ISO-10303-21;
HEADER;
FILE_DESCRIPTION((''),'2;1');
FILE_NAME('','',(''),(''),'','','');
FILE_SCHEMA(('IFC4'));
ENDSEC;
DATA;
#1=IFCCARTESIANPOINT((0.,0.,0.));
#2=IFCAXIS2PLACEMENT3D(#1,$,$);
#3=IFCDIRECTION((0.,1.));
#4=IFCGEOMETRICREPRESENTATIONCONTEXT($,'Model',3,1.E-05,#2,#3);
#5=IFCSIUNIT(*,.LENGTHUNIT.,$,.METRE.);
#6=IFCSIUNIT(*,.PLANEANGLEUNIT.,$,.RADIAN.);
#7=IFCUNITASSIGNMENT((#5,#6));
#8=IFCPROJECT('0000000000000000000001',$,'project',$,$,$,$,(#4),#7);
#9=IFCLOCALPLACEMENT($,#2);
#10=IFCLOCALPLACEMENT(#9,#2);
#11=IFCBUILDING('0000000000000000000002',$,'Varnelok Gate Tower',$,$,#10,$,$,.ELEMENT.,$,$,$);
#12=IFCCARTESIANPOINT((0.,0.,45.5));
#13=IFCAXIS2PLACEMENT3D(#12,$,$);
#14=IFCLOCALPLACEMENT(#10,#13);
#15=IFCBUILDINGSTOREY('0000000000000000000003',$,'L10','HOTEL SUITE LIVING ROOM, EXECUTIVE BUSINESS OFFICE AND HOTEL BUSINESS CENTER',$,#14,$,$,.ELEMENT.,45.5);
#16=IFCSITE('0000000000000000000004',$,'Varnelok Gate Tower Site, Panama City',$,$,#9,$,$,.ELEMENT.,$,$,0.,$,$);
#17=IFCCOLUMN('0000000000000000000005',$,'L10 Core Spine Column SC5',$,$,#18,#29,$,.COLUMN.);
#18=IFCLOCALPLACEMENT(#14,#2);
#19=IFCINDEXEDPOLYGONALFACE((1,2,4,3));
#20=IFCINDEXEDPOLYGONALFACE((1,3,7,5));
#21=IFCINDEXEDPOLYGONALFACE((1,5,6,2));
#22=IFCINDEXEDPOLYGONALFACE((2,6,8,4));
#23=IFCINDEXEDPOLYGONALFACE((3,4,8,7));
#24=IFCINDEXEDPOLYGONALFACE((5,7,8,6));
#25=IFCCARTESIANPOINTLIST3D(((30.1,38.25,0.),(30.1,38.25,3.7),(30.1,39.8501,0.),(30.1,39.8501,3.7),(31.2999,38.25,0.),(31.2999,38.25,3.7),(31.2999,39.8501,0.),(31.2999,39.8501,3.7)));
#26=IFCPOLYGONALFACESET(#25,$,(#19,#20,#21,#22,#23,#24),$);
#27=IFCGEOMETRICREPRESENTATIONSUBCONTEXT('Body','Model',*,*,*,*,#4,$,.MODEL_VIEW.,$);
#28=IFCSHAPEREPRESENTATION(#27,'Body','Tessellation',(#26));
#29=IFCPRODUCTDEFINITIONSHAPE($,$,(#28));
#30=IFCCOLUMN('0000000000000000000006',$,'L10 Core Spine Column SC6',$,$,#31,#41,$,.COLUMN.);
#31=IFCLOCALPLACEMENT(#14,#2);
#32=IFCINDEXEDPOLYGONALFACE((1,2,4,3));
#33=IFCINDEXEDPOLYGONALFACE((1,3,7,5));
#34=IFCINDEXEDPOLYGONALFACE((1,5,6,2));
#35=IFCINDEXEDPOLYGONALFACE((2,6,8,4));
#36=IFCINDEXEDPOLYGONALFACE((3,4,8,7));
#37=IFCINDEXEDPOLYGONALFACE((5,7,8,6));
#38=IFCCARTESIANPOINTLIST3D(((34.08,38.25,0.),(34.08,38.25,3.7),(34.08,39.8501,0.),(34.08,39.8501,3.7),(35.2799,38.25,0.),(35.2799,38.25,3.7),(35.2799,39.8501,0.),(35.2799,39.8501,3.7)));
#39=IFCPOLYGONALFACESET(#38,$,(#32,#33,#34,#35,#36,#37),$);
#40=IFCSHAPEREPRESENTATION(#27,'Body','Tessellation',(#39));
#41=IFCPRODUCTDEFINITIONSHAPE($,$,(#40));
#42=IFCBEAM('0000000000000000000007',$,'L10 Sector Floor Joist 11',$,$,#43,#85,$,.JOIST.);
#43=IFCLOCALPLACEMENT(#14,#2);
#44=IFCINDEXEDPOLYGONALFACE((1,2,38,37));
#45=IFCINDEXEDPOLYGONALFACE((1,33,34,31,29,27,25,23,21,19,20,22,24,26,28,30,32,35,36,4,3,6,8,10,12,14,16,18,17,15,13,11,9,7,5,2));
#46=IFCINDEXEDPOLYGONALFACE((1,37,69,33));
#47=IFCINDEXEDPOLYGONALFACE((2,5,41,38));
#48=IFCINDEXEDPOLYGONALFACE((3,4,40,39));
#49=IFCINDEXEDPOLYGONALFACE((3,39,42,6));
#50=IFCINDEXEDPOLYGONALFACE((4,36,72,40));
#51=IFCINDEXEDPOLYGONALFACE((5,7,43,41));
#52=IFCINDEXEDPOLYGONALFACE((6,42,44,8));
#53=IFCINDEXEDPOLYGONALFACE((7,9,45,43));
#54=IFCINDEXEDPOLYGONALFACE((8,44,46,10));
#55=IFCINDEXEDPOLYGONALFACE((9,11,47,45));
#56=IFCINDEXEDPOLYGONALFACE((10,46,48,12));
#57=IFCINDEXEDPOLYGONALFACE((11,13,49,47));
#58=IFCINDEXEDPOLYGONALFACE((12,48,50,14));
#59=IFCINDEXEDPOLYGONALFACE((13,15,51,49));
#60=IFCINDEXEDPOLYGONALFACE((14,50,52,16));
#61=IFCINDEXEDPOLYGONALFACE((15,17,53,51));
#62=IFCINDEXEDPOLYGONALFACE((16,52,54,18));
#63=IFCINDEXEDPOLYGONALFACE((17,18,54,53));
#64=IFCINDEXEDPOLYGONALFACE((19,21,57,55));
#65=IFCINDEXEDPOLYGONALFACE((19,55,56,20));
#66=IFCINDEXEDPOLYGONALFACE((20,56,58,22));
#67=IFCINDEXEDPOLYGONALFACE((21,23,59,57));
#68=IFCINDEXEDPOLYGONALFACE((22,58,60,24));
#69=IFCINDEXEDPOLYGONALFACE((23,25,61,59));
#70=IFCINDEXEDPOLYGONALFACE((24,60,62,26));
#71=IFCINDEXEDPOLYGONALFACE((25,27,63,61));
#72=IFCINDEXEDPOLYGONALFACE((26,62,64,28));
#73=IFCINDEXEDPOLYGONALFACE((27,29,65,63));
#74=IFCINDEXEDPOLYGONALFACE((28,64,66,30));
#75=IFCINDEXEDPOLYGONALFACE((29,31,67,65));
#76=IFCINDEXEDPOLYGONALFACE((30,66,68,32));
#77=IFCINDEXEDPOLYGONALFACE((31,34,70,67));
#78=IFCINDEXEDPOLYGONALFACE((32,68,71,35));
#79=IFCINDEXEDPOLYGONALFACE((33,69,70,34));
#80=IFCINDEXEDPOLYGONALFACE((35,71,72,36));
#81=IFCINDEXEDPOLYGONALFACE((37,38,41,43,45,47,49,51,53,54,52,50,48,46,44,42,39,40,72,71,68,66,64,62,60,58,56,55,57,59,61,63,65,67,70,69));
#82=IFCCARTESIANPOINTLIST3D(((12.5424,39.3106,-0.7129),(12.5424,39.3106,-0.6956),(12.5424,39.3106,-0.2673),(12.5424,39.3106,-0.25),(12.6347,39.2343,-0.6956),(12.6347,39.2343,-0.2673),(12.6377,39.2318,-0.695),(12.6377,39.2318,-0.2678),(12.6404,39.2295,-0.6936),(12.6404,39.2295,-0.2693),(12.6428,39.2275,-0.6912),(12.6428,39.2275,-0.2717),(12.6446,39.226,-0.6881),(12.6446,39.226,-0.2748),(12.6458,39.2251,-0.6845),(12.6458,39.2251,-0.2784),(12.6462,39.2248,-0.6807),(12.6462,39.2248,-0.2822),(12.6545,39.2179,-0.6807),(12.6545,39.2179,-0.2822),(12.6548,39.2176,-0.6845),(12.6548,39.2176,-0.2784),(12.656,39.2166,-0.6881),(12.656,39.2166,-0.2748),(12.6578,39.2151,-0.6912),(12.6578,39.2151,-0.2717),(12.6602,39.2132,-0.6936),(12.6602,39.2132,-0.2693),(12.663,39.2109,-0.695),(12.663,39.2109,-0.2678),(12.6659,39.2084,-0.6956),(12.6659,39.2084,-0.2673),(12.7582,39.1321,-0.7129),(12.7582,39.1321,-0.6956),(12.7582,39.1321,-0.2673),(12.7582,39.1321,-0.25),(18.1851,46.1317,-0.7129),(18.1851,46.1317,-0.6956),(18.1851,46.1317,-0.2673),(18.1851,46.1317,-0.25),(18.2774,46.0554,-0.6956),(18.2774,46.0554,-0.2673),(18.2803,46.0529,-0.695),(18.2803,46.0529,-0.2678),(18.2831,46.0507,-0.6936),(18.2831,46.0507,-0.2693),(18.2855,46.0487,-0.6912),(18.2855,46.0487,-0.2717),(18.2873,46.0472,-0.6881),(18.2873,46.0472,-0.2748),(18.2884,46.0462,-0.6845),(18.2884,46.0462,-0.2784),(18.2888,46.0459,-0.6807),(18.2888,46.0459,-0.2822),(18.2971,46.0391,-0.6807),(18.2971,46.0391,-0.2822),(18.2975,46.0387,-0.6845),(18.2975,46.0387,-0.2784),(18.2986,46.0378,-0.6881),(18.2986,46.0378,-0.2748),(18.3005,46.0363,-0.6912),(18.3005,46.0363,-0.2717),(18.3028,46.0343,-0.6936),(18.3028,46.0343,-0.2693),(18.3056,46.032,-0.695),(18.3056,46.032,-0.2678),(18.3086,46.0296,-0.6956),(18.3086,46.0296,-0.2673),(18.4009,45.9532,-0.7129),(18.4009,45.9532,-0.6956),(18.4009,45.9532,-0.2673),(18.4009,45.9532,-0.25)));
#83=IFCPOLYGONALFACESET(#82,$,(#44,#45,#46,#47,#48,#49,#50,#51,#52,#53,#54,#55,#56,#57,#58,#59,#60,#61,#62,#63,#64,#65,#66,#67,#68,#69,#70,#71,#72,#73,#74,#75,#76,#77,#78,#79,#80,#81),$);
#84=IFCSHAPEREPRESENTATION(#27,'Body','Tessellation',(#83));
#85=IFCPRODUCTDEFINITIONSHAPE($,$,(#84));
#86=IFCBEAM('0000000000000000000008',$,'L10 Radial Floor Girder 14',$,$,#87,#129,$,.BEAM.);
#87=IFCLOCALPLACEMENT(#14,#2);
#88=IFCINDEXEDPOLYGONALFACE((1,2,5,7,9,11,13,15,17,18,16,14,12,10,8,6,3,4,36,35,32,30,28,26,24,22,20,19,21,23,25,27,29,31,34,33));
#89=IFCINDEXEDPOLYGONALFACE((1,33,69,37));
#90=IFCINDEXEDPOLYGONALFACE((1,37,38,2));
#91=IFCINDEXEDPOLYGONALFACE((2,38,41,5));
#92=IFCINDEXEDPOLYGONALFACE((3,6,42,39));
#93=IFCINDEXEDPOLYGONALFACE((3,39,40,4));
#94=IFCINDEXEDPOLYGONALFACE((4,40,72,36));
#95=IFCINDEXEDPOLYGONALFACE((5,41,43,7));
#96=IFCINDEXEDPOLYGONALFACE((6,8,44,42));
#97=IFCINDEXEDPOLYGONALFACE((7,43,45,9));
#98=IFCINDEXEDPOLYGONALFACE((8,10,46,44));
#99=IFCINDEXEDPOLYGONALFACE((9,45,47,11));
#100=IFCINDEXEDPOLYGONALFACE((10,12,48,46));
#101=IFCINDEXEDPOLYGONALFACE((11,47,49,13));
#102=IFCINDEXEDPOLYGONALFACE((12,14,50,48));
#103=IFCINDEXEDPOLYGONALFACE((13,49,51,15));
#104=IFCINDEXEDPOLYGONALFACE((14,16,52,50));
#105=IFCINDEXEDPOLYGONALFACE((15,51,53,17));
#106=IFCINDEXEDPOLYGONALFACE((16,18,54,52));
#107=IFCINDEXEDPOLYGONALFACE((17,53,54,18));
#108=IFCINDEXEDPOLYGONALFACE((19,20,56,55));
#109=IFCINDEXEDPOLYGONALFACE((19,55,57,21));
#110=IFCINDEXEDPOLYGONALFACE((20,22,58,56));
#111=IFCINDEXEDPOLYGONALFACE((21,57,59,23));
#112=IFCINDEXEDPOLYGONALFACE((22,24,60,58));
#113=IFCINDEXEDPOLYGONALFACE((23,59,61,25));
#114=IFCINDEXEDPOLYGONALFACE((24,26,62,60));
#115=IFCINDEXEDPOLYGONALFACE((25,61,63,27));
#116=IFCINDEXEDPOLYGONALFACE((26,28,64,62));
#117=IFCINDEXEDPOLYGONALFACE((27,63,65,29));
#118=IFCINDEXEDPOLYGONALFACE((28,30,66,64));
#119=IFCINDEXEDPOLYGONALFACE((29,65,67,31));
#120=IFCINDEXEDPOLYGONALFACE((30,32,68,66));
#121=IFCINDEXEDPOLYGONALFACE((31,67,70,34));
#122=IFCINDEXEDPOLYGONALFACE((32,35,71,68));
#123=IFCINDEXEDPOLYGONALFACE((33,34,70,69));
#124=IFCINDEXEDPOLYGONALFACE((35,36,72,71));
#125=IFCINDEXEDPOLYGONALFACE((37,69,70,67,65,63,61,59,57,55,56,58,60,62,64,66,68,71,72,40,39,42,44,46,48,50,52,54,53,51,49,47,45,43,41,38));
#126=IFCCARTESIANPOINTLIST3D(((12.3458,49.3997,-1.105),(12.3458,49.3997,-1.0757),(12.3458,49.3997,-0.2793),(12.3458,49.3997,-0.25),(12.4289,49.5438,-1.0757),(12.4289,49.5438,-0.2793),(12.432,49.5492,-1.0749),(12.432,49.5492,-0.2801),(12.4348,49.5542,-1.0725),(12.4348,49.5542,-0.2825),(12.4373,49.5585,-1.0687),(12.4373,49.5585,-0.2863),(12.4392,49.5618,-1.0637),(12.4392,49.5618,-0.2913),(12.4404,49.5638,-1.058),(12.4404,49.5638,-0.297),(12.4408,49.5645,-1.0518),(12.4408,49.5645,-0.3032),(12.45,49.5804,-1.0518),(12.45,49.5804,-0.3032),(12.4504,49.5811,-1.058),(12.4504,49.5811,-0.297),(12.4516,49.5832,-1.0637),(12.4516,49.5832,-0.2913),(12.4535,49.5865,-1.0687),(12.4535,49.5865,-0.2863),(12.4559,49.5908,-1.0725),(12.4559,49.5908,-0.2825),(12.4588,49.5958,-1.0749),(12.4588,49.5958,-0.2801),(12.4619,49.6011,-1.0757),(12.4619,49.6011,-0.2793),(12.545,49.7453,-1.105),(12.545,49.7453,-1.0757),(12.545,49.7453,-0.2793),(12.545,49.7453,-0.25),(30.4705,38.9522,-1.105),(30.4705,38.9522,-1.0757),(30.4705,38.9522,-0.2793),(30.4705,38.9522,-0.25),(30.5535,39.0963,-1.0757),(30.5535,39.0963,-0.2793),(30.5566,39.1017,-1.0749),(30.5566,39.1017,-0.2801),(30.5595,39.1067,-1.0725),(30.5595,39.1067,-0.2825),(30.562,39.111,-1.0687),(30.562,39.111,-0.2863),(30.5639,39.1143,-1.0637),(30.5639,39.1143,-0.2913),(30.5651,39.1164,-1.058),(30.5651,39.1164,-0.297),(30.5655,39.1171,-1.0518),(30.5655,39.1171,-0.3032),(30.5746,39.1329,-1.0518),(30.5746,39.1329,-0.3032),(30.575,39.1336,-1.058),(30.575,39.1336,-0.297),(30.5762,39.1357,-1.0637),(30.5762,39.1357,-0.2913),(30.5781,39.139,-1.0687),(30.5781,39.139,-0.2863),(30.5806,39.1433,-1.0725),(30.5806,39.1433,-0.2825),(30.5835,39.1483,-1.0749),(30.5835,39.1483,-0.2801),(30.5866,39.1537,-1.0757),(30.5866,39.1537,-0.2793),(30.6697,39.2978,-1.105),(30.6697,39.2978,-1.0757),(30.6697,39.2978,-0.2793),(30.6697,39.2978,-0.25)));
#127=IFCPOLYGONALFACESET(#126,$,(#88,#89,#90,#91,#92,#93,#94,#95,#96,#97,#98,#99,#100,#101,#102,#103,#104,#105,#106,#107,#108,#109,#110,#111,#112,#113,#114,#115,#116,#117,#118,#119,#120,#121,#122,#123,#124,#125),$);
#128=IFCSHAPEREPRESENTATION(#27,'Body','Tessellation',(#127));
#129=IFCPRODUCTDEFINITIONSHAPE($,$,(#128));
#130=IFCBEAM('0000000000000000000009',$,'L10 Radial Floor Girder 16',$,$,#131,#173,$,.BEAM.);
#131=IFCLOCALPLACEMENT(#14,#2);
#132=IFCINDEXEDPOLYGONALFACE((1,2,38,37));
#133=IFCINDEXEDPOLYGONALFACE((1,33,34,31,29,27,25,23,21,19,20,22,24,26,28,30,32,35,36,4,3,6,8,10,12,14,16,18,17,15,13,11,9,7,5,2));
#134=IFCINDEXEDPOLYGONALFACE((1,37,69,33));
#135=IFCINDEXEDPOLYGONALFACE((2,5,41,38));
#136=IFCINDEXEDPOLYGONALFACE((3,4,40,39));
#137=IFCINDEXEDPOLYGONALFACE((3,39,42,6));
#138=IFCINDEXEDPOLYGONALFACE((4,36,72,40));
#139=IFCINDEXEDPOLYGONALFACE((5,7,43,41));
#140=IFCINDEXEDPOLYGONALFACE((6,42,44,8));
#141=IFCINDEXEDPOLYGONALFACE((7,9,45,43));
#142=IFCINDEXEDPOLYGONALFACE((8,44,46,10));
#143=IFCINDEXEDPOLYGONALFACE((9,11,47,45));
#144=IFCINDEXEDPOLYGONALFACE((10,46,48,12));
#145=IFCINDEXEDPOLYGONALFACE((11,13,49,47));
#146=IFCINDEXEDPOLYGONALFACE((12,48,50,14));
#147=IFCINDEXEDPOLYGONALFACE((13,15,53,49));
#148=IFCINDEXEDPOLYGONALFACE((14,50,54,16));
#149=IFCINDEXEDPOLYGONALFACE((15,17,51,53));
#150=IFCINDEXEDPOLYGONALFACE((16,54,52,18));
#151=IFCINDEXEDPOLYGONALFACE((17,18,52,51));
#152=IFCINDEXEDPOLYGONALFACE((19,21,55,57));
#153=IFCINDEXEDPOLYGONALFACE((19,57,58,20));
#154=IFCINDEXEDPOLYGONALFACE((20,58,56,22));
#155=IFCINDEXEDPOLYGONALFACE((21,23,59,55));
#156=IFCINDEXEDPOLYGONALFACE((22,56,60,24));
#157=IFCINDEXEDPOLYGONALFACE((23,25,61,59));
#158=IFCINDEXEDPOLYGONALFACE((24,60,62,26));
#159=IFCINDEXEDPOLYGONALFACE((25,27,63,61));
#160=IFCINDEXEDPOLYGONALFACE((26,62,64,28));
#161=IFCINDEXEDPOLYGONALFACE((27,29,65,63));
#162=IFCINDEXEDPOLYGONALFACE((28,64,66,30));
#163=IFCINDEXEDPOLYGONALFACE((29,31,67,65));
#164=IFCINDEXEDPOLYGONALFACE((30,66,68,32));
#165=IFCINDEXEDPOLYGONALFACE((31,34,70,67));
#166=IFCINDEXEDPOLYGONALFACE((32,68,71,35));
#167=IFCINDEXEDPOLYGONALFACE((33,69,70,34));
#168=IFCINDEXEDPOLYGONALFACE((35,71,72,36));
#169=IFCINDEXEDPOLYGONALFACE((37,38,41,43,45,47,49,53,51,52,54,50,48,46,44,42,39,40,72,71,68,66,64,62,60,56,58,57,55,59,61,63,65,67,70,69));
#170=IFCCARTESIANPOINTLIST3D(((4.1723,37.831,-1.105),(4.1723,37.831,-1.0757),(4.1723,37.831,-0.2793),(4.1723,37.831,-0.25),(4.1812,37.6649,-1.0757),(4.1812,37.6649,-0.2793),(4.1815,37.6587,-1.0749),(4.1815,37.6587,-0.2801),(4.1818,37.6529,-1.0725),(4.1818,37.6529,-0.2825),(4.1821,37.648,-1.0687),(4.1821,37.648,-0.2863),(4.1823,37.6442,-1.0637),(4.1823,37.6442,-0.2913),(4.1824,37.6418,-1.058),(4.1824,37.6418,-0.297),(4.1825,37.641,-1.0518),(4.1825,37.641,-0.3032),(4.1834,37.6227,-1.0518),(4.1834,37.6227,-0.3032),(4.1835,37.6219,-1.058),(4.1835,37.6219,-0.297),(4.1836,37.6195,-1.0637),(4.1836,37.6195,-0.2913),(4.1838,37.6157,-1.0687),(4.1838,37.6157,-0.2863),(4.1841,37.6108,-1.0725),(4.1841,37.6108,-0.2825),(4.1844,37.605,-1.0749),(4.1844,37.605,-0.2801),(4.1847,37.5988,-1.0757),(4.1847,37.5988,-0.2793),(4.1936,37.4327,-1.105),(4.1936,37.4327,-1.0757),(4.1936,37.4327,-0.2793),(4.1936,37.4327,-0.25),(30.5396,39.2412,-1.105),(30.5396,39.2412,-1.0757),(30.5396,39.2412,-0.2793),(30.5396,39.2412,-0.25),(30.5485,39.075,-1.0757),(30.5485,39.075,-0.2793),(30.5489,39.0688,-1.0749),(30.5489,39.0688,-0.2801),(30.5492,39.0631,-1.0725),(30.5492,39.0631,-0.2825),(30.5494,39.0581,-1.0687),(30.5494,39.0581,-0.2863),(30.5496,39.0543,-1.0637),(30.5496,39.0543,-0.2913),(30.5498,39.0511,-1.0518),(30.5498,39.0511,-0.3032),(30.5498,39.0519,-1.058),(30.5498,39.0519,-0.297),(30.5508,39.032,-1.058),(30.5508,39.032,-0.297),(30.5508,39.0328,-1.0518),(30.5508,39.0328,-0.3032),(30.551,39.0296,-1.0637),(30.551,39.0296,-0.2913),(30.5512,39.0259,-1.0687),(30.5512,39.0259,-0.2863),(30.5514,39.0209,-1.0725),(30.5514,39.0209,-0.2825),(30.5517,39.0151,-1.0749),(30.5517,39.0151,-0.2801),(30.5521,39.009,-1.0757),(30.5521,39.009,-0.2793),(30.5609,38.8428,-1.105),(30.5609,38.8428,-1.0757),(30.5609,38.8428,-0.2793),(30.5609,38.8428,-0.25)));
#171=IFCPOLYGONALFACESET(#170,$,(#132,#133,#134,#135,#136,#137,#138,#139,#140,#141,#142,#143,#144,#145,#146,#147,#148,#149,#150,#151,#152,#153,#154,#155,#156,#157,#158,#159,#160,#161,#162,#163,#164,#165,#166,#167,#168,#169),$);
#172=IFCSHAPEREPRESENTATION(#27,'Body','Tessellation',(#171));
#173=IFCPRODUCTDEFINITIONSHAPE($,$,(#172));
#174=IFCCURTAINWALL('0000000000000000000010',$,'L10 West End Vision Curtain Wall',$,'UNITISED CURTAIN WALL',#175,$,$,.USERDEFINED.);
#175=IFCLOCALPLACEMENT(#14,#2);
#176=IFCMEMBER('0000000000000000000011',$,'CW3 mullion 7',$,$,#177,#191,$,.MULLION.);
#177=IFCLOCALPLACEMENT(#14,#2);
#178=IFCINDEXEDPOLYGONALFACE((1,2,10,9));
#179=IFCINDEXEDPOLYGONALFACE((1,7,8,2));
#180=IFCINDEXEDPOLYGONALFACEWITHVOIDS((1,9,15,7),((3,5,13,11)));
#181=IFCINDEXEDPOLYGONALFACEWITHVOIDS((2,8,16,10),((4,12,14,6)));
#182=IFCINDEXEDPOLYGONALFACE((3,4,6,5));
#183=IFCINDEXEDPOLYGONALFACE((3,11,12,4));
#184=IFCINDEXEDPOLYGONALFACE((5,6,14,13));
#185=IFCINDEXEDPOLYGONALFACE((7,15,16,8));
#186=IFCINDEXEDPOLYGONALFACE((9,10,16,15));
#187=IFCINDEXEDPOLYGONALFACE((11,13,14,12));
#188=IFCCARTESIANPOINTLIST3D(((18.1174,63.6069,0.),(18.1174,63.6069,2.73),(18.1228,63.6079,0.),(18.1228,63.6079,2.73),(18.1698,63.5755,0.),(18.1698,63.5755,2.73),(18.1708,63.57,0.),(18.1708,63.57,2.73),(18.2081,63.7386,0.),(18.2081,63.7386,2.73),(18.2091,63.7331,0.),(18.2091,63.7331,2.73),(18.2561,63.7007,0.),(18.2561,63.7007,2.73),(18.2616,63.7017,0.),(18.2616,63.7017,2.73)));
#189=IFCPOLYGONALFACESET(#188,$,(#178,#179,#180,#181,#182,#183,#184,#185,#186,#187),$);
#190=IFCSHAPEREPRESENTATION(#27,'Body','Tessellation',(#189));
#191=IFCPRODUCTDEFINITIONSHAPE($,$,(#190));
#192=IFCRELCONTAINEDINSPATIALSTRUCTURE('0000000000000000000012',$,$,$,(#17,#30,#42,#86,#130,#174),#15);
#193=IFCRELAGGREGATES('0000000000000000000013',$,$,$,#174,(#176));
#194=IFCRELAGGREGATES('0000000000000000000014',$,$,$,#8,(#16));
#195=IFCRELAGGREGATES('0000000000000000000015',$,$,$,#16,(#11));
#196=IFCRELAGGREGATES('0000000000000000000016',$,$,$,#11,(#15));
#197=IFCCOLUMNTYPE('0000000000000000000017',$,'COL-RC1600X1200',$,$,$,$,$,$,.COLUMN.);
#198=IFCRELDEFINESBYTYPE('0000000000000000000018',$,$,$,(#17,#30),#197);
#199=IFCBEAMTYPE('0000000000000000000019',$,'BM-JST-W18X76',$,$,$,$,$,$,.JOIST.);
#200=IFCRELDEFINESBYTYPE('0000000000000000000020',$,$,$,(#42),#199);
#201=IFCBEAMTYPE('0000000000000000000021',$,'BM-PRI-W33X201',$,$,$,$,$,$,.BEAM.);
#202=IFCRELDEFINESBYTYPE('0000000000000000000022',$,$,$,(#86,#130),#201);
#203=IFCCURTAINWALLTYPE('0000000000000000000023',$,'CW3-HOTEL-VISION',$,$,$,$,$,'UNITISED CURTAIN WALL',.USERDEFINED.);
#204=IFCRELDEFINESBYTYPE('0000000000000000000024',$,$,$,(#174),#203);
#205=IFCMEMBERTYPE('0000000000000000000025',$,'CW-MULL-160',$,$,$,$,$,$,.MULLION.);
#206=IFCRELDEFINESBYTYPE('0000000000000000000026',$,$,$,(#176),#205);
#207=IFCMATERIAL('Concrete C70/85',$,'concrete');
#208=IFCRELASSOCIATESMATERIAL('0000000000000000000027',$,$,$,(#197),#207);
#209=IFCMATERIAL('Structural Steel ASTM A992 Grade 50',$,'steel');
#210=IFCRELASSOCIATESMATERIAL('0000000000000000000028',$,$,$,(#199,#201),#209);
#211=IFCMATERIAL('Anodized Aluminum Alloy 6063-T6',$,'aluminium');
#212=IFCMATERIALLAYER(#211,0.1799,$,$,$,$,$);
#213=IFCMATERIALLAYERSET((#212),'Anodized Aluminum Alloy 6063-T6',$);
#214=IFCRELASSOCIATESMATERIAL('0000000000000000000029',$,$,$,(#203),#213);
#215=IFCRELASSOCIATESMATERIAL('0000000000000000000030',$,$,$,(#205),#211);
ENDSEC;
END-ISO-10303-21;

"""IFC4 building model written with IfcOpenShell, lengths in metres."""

from ifc_helpers import new_model, si_unit, direction, frame, origin, origin_2d, place, context, subcontext, project, spatial, rectangle, hollow_rectangle, i_section, extrude, material, layer, layer_set, material_profile, profile_set, type_object, element, aggregate, save


model = new_model("IFC4")

# Units and contexts
model_context = context("Model", 3, precision=1e-05, world=origin(), true_north=direction((0.0, 1.0)))
body_context = subcontext(model_context, "Body", "Model", "MODEL_VIEW")
ifc_project = project(units=[si_unit("LENGTHUNIT", "METRE"), si_unit("PLANEANGLEUNIT", "RADIAN")], contexts=[model_context])

# Site, building, storey
site_placement = place(None, origin())
site = spatial("IfcSite", under=ifc_project, at=site_placement, Name="Varnelok Gate Tower Site, Panama City", CompositionType="ELEMENT", RefElevation=0.0)
building_placement = place(site_placement, origin())
building = spatial("IfcBuilding", under=site, at=building_placement, Name="Varnelok Gate Tower", CompositionType="ELEMENT")
storey_placement = place(building_placement, frame((0.0, 0.0, 45.5)))
storey = spatial("IfcBuildingStorey", under=building, at=storey_placement, Name="L10", Description="HOTEL SUITE LIVING ROOM, EXECUTIVE BUSINESS OFFICE AND HOTEL BUSINESS CENTER", CompositionType="ELEMENT", Elevation=45.5)

# Columns
ifc_material_1 = material(Name="Concrete C70/85", Category="concrete")
ifc_material_profile_1 = material_profile(ifc_material_1, rectangle(XDim=1.2, YDim=1.6001, at=origin_2d()), Name="RC1600X1200")
ifc_profile_set_1 = profile_set([ifc_material_profile_1], Name="Concrete C70/85")
column_type = type_object("IfcColumnType", Name="COL-RC1600X1200", PredefinedType="COLUMN", material=ifc_profile_set_1)
for number, where, z_axis, x_axis, name in (
    (1, (30.7, 39.05, 0.0), (0.0, 0.0, 1.0), (1.0, 0.0, 0.0), "L10 Core Spine Column SC5"),
    (2, (34.6799, 39.05, 0.0), (0.0, 0.0, 1.0), (1.0, 0.0, 0.0), "L10 Core Spine Column SC6"),
):
    element("IfcColumn", number, at=place(storey_placement, frame(where, z_axis=z_axis, x_axis=x_axis)), inside=storey, type_object=column_type, Name=name, PredefinedType="COLUMN", context=body_context, shape_type="SweptSolid", body=[
        extrude(rectangle(XDim=1.2, YDim=1.6001, at=origin_2d()), origin(), (0.0, 0.0, 1.0), 3.7),
    ])

# Beams
ifc_material_2 = material(Name="Structural Steel ASTM A992 Grade 50", Category="steel")
ifc_material_profile_2 = material_profile(ifc_material_2, i_section(OverallWidth=0.28, OverallDepth=0.4629, WebThickness=0.0107, FlangeThickness=0.0173, FilletRadius=0.0149, at=origin_2d()), Name="W18X76")
ifc_profile_set_2 = profile_set([ifc_material_profile_2], Name="Structural Steel ASTM A992 Grade 50")
beam_type_1 = type_object("IfcBeamType", Name="BM-JST-W18X76", PredefinedType="JOIST", material=ifc_profile_set_2)
beam_1_placement = place(storey_placement, frame((18.293, 46.0425, -0.4814), z_axis=(-0.637405, -0.770529, 0.0), x_axis=(0.770529, -0.637405, 0.0)))
element("IfcBeam", 3, at=beam_1_placement, inside=storey, type_object=beam_type_1, Name="L10 Sector Floor Joist 11", PredefinedType="JOIST", context=body_context, shape_type="SweptSolid", body=[
    extrude(i_section(OverallWidth=0.28, OverallDepth=0.4629, WebThickness=0.0107, FlangeThickness=0.0173, FilletRadius=0.0149, at=origin_2d()), origin(), (0.0, 0.0, 1.0), 8.8525),
])
ifc_material_profile_3 = material_profile(ifc_material_2, i_section(OverallWidth=0.3989, OverallDepth=0.855, WebThickness=0.0183, FlangeThickness=0.0293, FilletRadius=0.0239, at=origin_2d()), Name="W33X201")
ifc_profile_set_3 = profile_set([ifc_material_profile_3], Name="Structural Steel ASTM A992 Grade 50")
beam_type_2 = type_object("IfcBeamType", Name="BM-PRI-W33X201", PredefinedType="BEAM", material=ifc_profile_set_3)
beam_2_placement = place(storey_placement, frame((30.5701, 39.125, -0.6775), z_axis=(-0.866373, 0.499397, 0.0), x_axis=(-0.499397, -0.866373, 0.0)))
element("IfcBeam", 4, at=beam_2_placement, inside=storey, type_object=beam_type_2, Name="L10 Radial Floor Girder 14", PredefinedType="BEAM", context=body_context, shape_type="SweptSolid", body=[
    extrude(i_section(OverallWidth=0.3989, OverallDepth=0.855, WebThickness=0.0183, FlangeThickness=0.0293, FilletRadius=0.0239, at=origin_2d()), origin(), (0.0, 0.0, 1.0), 20.9202),
])
beam_3_placement = place(storey_placement, frame((30.5503, 39.042, -0.6775), z_axis=(-0.998573, -0.053405, 0.0), x_axis=(0.053405, -0.998573, 0.0)))
element("IfcBeam", 5, at=beam_3_placement, inside=storey, type_object=beam_type_2, Name="L10 Radial Floor Girder 16", PredefinedType="BEAM", context=body_context, shape_type="SweptSolid", body=[
    extrude(i_section(OverallWidth=0.3989, OverallDepth=0.855, WebThickness=0.0183, FlangeThickness=0.0293, FilletRadius=0.0239, at=origin_2d()), origin(), (0.0, 0.0, 1.0), 26.405),
])

# Curtain wall, member
ifc_material_3 = material(Name="Anodized Aluminum Alloy 6063-T6", Category="aluminium")
ifc_layer_1 = layer(ifc_material_3, 0.1799)
ifc_layer_set_1 = layer_set([ifc_layer_1], Name="Anodized Aluminum Alloy 6063-T6")
curtain_wall_type = type_object("IfcCurtainWallType", Name="CW3-HOTEL-VISION", ElementType="UNITISED CURTAIN WALL", PredefinedType="USERDEFINED", material=ifc_layer_set_1)
curtain_wall_placement = place(storey_placement, origin())
curtain_wall = element("IfcCurtainWall", 6, at=curtain_wall_placement, inside=storey, type_object=curtain_wall_type, Name="L10 West End Vision Curtain Wall", ObjectType="UNITISED CURTAIN WALL", PredefinedType="USERDEFINED")
ifc_material_profile_4 = material_profile(ifc_material_3, hollow_rectangle(XDim=0.0649, YDim=0.1599, WallThickness=0.0039, at=origin_2d()), Name="ALU160X65X4")
ifc_profile_set_4 = profile_set([ifc_material_profile_4], Name="Anodized Aluminum Alloy 6063-T6")
member_type_1 = type_object("IfcMemberType", Name="CW-MULL-160", PredefinedType="MULLION", material=ifc_profile_set_4)
member_1_placement = place(storey_placement, frame((18.1895, 63.6543, 0.0), z_axis=(0.0, 0.0, 1.0), x_axis=(-0.823533, 0.567269, 0.0)))
member_1 = element("IfcMember", 7, at=member_1_placement, type_object=member_type_1, Name="CW3 mullion 7", PredefinedType="MULLION", context=body_context, shape_type="SweptSolid", body=[
    extrude(hollow_rectangle(XDim=0.0649, YDim=0.1599, WallThickness=0.0039, at=origin_2d()), origin(), (0.0, 0.0, 1.0), 2.73),
])
aggregate(curtain_wall, [member_1])

save(model, "model.ifc")
